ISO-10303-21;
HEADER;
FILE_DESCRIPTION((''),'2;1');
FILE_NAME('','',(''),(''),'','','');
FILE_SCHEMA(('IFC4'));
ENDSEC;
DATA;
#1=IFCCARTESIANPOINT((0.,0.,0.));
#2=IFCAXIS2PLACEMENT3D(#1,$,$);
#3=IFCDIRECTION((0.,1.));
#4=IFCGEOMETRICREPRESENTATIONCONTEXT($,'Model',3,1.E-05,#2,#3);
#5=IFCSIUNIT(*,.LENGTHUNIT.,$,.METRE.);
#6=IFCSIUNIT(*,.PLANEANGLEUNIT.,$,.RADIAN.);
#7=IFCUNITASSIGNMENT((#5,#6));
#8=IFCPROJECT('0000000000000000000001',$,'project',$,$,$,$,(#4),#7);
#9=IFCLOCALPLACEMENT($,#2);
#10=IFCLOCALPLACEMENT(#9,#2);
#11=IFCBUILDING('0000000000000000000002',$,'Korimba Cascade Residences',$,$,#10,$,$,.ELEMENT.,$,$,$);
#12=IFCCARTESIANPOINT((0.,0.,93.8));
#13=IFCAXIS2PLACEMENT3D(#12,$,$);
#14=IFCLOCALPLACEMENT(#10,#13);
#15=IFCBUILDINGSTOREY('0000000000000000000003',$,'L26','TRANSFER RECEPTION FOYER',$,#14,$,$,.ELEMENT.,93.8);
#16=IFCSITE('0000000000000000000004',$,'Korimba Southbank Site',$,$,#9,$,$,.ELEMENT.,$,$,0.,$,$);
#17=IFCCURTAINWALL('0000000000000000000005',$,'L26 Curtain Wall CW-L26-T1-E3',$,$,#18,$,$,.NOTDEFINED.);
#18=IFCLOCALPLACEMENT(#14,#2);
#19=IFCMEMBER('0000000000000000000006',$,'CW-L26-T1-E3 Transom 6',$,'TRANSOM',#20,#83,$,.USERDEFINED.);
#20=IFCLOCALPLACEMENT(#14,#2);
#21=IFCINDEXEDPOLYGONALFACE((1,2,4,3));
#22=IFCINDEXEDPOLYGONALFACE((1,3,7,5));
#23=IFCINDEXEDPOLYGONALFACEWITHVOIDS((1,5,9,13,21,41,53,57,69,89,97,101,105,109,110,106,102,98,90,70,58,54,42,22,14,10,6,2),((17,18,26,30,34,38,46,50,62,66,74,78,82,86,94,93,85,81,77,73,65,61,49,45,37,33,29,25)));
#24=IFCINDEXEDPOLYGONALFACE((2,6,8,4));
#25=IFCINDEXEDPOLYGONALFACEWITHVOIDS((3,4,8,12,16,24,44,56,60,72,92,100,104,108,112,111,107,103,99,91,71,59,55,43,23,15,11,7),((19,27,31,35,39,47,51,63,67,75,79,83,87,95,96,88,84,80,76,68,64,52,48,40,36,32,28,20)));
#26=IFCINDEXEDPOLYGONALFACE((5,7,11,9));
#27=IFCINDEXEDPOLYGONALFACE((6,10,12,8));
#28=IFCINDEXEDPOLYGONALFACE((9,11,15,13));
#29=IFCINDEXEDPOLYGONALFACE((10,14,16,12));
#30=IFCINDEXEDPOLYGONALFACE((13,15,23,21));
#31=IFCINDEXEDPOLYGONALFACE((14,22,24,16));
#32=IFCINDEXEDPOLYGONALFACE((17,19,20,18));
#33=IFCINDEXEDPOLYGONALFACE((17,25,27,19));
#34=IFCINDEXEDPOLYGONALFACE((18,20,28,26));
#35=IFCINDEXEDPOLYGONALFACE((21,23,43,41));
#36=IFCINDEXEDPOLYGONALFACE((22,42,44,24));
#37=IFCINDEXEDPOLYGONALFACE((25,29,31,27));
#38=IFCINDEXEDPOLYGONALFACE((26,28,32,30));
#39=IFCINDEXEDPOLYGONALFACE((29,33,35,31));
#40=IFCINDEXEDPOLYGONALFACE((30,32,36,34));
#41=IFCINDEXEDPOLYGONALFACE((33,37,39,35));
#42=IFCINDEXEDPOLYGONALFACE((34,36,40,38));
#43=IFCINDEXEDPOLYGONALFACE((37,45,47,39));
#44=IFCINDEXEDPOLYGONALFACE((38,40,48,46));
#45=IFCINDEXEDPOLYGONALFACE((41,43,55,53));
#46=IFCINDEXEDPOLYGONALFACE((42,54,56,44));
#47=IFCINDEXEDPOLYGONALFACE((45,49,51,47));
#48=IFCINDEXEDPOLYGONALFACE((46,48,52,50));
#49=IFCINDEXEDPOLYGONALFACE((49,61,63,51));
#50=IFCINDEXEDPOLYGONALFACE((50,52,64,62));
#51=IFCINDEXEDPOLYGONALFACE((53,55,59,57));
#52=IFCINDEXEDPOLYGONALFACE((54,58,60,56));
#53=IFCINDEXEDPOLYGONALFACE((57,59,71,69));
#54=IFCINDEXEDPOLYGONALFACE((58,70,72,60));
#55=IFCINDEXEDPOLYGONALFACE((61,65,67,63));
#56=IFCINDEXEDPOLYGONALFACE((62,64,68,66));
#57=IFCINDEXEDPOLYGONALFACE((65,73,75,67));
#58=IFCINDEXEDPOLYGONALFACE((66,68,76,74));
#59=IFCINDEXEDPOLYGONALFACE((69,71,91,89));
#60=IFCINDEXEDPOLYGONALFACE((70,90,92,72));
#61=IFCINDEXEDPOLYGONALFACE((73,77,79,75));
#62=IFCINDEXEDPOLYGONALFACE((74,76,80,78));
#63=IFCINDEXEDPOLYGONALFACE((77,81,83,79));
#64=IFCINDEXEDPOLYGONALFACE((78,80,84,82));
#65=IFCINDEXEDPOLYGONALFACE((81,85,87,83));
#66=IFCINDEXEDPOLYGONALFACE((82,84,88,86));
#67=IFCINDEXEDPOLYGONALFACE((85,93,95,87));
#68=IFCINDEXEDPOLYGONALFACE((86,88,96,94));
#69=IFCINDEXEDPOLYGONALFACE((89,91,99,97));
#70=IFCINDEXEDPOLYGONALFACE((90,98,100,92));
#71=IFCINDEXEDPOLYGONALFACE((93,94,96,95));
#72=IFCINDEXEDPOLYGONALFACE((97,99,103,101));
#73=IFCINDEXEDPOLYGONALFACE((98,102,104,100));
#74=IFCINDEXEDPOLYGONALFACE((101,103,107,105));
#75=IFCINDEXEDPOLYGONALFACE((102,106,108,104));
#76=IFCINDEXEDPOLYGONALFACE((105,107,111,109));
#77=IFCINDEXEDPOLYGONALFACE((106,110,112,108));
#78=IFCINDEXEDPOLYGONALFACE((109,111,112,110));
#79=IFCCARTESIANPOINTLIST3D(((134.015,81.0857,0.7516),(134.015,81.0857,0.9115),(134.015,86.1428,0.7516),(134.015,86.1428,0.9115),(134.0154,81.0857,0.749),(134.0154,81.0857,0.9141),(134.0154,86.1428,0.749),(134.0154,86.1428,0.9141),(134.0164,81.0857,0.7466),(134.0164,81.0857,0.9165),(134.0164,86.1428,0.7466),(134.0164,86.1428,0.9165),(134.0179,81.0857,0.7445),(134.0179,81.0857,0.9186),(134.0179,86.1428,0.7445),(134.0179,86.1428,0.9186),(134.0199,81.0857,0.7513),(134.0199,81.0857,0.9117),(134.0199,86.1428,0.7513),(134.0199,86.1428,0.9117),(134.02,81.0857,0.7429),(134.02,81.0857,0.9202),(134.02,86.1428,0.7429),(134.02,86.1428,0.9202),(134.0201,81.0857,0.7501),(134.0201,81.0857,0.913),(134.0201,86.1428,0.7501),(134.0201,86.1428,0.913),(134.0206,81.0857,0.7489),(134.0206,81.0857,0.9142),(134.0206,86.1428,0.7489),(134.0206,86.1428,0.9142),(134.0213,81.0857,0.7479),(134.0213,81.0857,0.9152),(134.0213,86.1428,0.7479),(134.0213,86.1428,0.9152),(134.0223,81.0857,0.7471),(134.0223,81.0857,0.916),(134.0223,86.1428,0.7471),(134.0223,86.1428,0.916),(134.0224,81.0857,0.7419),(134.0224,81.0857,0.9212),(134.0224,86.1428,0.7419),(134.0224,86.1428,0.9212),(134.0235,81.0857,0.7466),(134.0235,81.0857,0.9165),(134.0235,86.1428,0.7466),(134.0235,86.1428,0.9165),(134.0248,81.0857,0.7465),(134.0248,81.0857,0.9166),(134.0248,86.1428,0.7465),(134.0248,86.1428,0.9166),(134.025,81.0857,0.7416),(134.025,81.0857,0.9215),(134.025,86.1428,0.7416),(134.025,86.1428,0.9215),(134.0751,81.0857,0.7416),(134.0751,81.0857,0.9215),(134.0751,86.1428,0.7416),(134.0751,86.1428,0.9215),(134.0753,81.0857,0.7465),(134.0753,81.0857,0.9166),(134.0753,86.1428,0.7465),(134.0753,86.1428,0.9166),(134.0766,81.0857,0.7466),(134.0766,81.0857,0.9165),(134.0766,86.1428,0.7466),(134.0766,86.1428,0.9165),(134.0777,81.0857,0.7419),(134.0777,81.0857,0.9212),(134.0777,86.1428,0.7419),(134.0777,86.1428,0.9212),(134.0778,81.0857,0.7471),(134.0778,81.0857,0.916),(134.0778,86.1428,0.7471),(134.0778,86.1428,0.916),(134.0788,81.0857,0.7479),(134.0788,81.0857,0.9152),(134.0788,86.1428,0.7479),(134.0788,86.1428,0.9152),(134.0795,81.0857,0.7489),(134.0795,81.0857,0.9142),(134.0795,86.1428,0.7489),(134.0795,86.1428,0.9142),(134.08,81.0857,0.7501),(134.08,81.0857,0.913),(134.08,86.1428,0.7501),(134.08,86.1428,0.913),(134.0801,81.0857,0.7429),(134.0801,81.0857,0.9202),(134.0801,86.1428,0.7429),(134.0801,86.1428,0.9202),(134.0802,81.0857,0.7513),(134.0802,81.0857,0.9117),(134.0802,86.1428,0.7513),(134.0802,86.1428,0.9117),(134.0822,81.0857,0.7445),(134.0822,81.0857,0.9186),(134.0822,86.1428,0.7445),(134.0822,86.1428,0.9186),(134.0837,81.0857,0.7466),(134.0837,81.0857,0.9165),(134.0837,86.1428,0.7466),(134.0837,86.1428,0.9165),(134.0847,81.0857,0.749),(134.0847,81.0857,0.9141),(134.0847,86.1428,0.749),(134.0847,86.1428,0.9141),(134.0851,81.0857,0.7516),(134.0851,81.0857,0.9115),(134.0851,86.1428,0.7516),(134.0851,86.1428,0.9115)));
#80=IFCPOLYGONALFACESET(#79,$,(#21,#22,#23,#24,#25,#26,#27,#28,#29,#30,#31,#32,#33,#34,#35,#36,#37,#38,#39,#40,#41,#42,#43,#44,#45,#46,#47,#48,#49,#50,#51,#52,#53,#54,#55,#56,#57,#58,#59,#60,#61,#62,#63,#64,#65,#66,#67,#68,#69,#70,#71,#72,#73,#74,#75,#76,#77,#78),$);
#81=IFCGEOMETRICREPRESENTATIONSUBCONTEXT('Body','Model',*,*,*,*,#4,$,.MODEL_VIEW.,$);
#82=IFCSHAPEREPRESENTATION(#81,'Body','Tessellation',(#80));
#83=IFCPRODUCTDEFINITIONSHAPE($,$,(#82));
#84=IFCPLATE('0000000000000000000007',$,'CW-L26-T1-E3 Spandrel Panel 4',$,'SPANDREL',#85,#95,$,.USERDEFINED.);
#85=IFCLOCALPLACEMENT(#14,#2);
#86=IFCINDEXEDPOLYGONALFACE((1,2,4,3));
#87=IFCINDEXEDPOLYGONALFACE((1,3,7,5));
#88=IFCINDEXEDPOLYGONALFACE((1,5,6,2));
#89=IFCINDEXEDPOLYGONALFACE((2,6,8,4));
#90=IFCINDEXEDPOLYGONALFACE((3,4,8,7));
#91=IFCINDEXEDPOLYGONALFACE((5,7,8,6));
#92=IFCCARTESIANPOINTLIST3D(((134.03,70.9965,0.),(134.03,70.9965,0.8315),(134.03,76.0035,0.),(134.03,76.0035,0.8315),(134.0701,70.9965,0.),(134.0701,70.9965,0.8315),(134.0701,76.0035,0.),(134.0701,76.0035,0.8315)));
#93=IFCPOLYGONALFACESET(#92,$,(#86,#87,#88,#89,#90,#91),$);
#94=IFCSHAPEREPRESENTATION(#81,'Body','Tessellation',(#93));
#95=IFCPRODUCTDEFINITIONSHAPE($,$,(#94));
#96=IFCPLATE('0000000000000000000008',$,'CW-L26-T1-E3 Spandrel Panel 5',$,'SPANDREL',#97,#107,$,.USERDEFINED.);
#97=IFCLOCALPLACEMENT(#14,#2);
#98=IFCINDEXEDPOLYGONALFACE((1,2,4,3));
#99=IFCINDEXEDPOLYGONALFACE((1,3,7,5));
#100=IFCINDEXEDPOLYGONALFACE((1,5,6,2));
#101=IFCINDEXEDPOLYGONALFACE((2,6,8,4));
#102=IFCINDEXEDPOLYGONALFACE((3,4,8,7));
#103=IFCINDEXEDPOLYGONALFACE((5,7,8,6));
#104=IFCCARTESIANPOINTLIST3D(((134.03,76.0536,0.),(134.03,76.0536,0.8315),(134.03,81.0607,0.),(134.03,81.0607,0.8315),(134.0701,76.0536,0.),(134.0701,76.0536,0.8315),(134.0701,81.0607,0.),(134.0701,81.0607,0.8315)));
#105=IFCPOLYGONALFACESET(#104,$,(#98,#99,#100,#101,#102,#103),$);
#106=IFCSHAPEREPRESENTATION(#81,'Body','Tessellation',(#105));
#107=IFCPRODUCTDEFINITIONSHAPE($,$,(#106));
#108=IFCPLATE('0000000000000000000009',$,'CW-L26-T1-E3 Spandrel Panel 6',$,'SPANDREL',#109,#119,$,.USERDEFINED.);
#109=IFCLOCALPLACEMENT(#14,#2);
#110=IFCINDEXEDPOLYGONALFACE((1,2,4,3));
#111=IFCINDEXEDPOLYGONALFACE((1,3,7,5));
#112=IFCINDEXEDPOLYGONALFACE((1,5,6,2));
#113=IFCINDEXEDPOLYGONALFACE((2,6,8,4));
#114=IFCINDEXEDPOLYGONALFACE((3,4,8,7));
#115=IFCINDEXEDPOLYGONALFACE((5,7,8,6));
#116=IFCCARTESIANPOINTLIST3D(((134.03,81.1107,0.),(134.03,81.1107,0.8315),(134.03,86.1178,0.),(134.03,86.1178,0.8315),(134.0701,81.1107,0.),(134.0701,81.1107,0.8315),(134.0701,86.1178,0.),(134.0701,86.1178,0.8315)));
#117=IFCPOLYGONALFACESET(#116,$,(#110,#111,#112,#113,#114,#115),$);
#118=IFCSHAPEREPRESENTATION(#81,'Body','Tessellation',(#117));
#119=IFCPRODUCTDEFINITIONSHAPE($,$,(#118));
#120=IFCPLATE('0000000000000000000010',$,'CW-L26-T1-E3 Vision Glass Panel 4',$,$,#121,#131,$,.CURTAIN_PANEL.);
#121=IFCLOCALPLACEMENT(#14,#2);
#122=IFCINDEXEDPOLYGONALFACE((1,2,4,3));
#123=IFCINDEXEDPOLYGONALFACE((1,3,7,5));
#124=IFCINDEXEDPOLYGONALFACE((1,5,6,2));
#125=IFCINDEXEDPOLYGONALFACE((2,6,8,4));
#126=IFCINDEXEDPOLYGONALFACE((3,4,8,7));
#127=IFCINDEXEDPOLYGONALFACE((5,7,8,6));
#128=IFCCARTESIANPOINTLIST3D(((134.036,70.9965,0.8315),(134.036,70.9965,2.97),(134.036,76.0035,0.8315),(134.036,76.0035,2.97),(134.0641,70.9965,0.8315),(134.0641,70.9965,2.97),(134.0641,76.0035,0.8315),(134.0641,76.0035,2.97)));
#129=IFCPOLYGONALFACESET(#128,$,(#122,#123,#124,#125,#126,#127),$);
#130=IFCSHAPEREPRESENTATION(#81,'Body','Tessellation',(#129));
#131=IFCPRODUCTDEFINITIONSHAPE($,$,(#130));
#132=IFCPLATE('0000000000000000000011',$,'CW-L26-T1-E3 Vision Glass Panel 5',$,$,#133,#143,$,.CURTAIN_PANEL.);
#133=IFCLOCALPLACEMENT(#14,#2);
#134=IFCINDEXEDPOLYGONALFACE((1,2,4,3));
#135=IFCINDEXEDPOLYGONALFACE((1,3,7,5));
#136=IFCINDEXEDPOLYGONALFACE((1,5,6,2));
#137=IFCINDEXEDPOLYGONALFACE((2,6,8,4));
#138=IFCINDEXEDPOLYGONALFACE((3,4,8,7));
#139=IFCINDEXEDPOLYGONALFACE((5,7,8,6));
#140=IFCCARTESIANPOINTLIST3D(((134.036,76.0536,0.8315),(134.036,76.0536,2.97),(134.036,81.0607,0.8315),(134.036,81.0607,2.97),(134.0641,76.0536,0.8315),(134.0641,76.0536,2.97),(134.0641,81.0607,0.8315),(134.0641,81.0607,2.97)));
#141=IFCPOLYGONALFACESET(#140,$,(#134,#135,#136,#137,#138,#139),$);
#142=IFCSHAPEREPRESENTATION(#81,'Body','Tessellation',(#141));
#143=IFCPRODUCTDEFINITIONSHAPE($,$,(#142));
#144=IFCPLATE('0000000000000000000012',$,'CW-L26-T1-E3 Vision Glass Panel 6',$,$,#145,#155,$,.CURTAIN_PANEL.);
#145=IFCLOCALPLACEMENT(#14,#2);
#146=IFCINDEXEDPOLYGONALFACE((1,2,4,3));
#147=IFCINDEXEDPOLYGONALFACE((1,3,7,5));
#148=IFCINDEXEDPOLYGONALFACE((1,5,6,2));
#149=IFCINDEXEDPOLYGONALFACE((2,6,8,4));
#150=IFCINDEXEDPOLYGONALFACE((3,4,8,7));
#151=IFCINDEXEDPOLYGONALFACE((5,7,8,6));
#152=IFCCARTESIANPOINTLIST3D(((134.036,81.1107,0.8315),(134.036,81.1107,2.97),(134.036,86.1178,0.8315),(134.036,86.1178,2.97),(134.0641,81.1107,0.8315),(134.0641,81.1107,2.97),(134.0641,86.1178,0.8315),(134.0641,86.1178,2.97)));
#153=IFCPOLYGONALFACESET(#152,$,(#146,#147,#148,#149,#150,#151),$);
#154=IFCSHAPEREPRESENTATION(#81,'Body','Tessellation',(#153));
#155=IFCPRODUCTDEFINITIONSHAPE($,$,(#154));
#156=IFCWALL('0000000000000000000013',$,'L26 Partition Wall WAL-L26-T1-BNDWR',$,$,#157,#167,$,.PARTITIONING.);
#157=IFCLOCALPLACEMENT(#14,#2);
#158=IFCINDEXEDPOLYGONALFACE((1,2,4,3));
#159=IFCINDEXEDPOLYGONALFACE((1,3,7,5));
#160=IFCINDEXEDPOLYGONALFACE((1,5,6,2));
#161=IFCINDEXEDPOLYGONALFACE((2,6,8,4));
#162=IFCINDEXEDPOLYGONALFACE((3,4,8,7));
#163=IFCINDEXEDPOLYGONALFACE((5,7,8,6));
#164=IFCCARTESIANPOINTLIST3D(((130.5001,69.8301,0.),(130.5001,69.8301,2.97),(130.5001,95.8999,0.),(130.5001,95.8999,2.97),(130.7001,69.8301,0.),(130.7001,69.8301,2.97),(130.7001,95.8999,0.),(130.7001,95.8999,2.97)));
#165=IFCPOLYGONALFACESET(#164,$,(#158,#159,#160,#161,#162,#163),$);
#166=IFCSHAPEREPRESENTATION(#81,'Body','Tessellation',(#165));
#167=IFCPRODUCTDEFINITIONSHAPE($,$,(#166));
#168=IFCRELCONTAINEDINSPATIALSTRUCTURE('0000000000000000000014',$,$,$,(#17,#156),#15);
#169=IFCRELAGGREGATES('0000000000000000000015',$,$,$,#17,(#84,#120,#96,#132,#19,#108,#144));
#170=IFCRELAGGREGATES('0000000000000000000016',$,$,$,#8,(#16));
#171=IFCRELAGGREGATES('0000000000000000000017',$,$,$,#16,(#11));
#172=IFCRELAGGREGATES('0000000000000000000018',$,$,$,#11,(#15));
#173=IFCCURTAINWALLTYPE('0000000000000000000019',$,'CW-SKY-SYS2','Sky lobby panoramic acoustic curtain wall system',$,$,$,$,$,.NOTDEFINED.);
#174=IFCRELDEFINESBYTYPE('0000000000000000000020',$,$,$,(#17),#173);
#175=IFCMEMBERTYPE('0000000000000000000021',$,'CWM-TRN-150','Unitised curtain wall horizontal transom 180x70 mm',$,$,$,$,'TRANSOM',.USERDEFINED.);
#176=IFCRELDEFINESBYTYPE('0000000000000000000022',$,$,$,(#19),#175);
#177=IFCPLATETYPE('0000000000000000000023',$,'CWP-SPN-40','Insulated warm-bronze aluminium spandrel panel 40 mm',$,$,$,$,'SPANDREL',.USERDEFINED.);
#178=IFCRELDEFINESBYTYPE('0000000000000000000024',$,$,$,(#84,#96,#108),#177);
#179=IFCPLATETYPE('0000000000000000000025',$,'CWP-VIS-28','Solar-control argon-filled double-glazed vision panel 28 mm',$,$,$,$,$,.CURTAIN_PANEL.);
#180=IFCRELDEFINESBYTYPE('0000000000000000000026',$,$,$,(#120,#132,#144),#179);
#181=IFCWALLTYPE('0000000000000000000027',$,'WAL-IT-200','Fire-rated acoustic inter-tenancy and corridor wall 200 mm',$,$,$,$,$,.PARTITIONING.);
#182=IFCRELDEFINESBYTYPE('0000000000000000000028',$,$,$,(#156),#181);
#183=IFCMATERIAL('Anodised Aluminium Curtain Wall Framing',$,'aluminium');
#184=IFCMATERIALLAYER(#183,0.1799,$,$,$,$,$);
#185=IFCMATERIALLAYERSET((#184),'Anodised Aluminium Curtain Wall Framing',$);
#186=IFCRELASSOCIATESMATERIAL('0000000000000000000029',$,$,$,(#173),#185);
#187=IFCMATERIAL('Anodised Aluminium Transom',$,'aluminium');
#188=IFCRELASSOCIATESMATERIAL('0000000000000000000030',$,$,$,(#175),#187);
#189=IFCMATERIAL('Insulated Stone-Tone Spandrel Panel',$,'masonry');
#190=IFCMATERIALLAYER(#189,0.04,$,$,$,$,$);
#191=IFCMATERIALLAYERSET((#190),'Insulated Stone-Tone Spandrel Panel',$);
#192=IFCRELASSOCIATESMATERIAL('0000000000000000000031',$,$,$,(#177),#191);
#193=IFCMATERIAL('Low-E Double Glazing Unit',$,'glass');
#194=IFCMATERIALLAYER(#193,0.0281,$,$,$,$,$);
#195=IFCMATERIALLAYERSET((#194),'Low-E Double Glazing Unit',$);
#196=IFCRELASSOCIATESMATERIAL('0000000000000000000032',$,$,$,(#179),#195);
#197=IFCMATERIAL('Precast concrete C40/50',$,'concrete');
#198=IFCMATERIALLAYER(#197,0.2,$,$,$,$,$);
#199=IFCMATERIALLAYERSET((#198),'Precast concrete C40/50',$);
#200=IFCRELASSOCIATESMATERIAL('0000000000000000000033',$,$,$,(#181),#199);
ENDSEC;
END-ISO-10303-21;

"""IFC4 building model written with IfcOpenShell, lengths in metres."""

from ifc_helpers import new_model, si_unit, direction, frame, frame_2d, origin, origin_2d, place, context, subcontext, project, spatial, rectangle, hollow_rectangle, extrude, material, layer, layer_set, material_profile, profile_set, type_object, element, aggregate, save


model = new_model("IFC4")

# Units and contexts
model_context = context("Model", 3, precision=1e-05, world=origin(), true_north=direction((0.0, 1.0)))
body_context = subcontext(model_context, "Body", "Model", "MODEL_VIEW")
ifc_project = project(units=[si_unit("LENGTHUNIT", "METRE"), si_unit("PLANEANGLEUNIT", "RADIAN")], contexts=[model_context])

# Site, building, storey
site_placement = place(None, origin())
site = spatial("IfcSite", under=ifc_project, at=site_placement, Name="Korimba Southbank Site", CompositionType="ELEMENT", RefElevation=0.0)
building_placement = place(site_placement, origin())
building = spatial("IfcBuilding", under=site, at=building_placement, Name="Korimba Cascade Residences", CompositionType="ELEMENT")
storey_placement = place(building_placement, frame((0.0, 0.0, 93.8)))
storey = spatial("IfcBuildingStorey", under=building, at=storey_placement, Name="L26", Description="TRANSFER RECEPTION FOYER", CompositionType="ELEMENT", Elevation=93.8)

# Curtain wall, member, plates
ifc_material_1 = material(Name="Anodised Aluminium Curtain Wall Framing", Category="aluminium")
ifc_layer_1 = layer(ifc_material_1, 0.1799)
ifc_layer_set_1 = layer_set([ifc_layer_1], Name="Anodised Aluminium Curtain Wall Framing")
curtain_wall_type = type_object("IfcCurtainWallType", Name="CW-SKY-SYS2", Description="Sky lobby panoramic acoustic curtain wall system", PredefinedType="NOTDEFINED", material=ifc_layer_set_1)
curtain_wall_placement = place(storey_placement, origin())
curtain_wall = element("IfcCurtainWall", 1, at=curtain_wall_placement, inside=storey, type_object=curtain_wall_type, Name="L26 Curtain Wall CW-L26-T1-E3", PredefinedType="NOTDEFINED")
ifc_material_2 = material(Name="Anodised Aluminium Transom", Category="aluminium")
ifc_material_profile_1 = material_profile(ifc_material_2, hollow_rectangle(XDim=0.0701, YDim=0.1799, WallThickness=0.0049, InnerFilletRadius=0.0049, OuterFilletRadius=0.01, at=origin_2d()), Name="Anodised Aluminium Transom")
ifc_profile_set_1 = profile_set([ifc_material_profile_1], Name="Anodised Aluminium Transom")
member_type_1 = type_object("IfcMemberType", Name="CWM-TRN-150", Description="Unitised curtain wall horizontal transom 180x70 mm", ElementType="TRANSOM", PredefinedType="USERDEFINED", material=ifc_profile_set_1)
member_1_placement = place(storey_placement, frame((134.05, 81.0857, 0.8315), z_axis=(0.0, 1.0, 0.0), x_axis=(-1.0, 0.0, 0.0)))
member_1 = element("IfcMember", 2, at=member_1_placement, type_object=member_type_1, Name="CW-L26-T1-E3 Transom 6", ObjectType="TRANSOM", PredefinedType="USERDEFINED", context=body_context, shape_type="SweptSolid", body=[
    extrude(hollow_rectangle(XDim=0.0701, YDim=0.1799, WallThickness=0.0049, InnerFilletRadius=0.0049, OuterFilletRadius=0.01, at=origin_2d()), origin(), (0.0, 0.0, 1.0), 5.0571),
])
ifc_material_3 = material(Name="Insulated Stone-Tone Spandrel Panel", Category="masonry")
ifc_layer_2 = layer(ifc_material_3, 0.04)
ifc_layer_set_2 = layer_set([ifc_layer_2], Name="Insulated Stone-Tone Spandrel Panel")
plate_type_1 = type_object("IfcPlateType", Name="CWP-SPN-40", Description="Insulated warm-bronze aluminium spandrel panel 40 mm", ElementType="SPANDREL", PredefinedType="USERDEFINED", material=ifc_layer_set_2)
plate_1_placement = place(storey_placement, frame((134.05, 73.5, 0.0), z_axis=(0.0, 0.0, 1.0), x_axis=(0.0, 1.0, 0.0)))
plate_1 = element("IfcPlate", 3, at=plate_1_placement, type_object=plate_type_1, Name="CW-L26-T1-E3 Spandrel Panel 4", ObjectType="SPANDREL", PredefinedType="USERDEFINED", context=body_context, shape_type="SweptSolid", body=[
    extrude(rectangle(XDim=5.0071, YDim=0.04, at=origin_2d()), origin(), (0.0, 0.0, 1.0), 0.8315),
])
plate_2_placement = place(storey_placement, frame((134.05, 78.5571, 0.0), z_axis=(0.0, 0.0, 1.0), x_axis=(0.0, 1.0, 0.0)))
plate_2 = element("IfcPlate", 4, at=plate_2_placement, type_object=plate_type_1, Name="CW-L26-T1-E3 Spandrel Panel 5", ObjectType="SPANDREL", PredefinedType="USERDEFINED", context=body_context, shape_type="SweptSolid", body=[
    extrude(rectangle(XDim=5.0071, YDim=0.04, at=origin_2d()), origin(), (0.0, 0.0, 1.0), 0.8315),
])
plate_3_placement = place(storey_placement, frame((134.05, 83.6143, 0.0), z_axis=(0.0, 0.0, 1.0), x_axis=(0.0, 1.0, 0.0)))
plate_3 = element("IfcPlate", 5, at=plate_3_placement, type_object=plate_type_1, Name="CW-L26-T1-E3 Spandrel Panel 6", ObjectType="SPANDREL", PredefinedType="USERDEFINED", context=body_context, shape_type="SweptSolid", body=[
    extrude(rectangle(XDim=5.0071, YDim=0.04, at=origin_2d()), origin(), (0.0, 0.0, 1.0), 0.8315),
])
ifc_material_4 = material(Name="Low-E Double Glazing Unit", Category="glass")
ifc_layer_3 = layer(ifc_material_4, 0.0281)
ifc_layer_set_3 = layer_set([ifc_layer_3], Name="Low-E Double Glazing Unit")
plate_type_2 = type_object("IfcPlateType", Name="CWP-VIS-28", Description="Solar-control argon-filled double-glazed vision panel 28 mm", PredefinedType="CURTAIN_PANEL", material=ifc_layer_set_3)
plate_4_placement = place(storey_placement, frame((134.05, 73.5, 0.8315), z_axis=(0.0, 0.0, 1.0), x_axis=(0.0, 1.0, 0.0)))
plate_4 = element("IfcPlate", 6, at=plate_4_placement, type_object=plate_type_2, Name="CW-L26-T1-E3 Vision Glass Panel 4", PredefinedType="CURTAIN_PANEL", context=body_context, shape_type="SweptSolid", body=[
    extrude(rectangle(XDim=5.0071, YDim=0.0281, at=origin_2d()), origin(), (0.0, 0.0, 1.0), 2.1384),
])
plate_5_placement = place(storey_placement, frame((134.05, 78.5571, 0.8315), z_axis=(0.0, 0.0, 1.0), x_axis=(0.0, 1.0, 0.0)))
plate_5 = element("IfcPlate", 7, at=plate_5_placement, type_object=plate_type_2, Name="CW-L26-T1-E3 Vision Glass Panel 5", PredefinedType="CURTAIN_PANEL", context=body_context, shape_type="SweptSolid", body=[
    extrude(rectangle(XDim=5.0071, YDim=0.0281, at=origin_2d()), origin(), (0.0, 0.0, 1.0), 2.1384),
])
plate_6_placement = place(storey_placement, frame((134.05, 83.6143, 0.8315), z_axis=(0.0, 0.0, 1.0), x_axis=(0.0, 1.0, 0.0)))
plate_6 = element("IfcPlate", 8, at=plate_6_placement, type_object=plate_type_2, Name="CW-L26-T1-E3 Vision Glass Panel 6", PredefinedType="CURTAIN_PANEL", context=body_context, shape_type="SweptSolid", body=[
    extrude(rectangle(XDim=5.0071, YDim=0.0281, at=origin_2d()), origin(), (0.0, 0.0, 1.0), 2.1384),
])
aggregate(curtain_wall, [plate_1, plate_4, plate_2, plate_5, member_1, plate_3, plate_6])

# Wall
ifc_material_5 = material(Name="Precast concrete C40/50", Category="concrete")
ifc_layer_4 = layer(ifc_material_5, 0.2)
ifc_layer_set_4 = layer_set([ifc_layer_4], Name="Precast concrete C40/50")
wall_type_1 = type_object("IfcWallType", Name="WAL-IT-200", Description="Fire-rated acoustic inter-tenancy and corridor wall 200 mm", PredefinedType="PARTITIONING", material=ifc_layer_set_4)
wall_1_placement = place(storey_placement, frame((130.6001, 69.8301, 0.0), z_axis=(0.0, 0.0, 1.0), x_axis=(0.0, 1.0, 0.0)))
element("IfcWall", 9, at=wall_1_placement, inside=storey, type_object=wall_type_1, Name="L26 Partition Wall WAL-L26-T1-BNDWR", PredefinedType="PARTITIONING", context=body_context, shape_type="SweptSolid", body=[
    extrude(rectangle(XDim=26.0698, YDim=0.2, at=frame_2d((13.0349, 0.0))), origin(), (0.0, 0.0, 1.0), 2.97),
])

save(model, "model.ifc")
